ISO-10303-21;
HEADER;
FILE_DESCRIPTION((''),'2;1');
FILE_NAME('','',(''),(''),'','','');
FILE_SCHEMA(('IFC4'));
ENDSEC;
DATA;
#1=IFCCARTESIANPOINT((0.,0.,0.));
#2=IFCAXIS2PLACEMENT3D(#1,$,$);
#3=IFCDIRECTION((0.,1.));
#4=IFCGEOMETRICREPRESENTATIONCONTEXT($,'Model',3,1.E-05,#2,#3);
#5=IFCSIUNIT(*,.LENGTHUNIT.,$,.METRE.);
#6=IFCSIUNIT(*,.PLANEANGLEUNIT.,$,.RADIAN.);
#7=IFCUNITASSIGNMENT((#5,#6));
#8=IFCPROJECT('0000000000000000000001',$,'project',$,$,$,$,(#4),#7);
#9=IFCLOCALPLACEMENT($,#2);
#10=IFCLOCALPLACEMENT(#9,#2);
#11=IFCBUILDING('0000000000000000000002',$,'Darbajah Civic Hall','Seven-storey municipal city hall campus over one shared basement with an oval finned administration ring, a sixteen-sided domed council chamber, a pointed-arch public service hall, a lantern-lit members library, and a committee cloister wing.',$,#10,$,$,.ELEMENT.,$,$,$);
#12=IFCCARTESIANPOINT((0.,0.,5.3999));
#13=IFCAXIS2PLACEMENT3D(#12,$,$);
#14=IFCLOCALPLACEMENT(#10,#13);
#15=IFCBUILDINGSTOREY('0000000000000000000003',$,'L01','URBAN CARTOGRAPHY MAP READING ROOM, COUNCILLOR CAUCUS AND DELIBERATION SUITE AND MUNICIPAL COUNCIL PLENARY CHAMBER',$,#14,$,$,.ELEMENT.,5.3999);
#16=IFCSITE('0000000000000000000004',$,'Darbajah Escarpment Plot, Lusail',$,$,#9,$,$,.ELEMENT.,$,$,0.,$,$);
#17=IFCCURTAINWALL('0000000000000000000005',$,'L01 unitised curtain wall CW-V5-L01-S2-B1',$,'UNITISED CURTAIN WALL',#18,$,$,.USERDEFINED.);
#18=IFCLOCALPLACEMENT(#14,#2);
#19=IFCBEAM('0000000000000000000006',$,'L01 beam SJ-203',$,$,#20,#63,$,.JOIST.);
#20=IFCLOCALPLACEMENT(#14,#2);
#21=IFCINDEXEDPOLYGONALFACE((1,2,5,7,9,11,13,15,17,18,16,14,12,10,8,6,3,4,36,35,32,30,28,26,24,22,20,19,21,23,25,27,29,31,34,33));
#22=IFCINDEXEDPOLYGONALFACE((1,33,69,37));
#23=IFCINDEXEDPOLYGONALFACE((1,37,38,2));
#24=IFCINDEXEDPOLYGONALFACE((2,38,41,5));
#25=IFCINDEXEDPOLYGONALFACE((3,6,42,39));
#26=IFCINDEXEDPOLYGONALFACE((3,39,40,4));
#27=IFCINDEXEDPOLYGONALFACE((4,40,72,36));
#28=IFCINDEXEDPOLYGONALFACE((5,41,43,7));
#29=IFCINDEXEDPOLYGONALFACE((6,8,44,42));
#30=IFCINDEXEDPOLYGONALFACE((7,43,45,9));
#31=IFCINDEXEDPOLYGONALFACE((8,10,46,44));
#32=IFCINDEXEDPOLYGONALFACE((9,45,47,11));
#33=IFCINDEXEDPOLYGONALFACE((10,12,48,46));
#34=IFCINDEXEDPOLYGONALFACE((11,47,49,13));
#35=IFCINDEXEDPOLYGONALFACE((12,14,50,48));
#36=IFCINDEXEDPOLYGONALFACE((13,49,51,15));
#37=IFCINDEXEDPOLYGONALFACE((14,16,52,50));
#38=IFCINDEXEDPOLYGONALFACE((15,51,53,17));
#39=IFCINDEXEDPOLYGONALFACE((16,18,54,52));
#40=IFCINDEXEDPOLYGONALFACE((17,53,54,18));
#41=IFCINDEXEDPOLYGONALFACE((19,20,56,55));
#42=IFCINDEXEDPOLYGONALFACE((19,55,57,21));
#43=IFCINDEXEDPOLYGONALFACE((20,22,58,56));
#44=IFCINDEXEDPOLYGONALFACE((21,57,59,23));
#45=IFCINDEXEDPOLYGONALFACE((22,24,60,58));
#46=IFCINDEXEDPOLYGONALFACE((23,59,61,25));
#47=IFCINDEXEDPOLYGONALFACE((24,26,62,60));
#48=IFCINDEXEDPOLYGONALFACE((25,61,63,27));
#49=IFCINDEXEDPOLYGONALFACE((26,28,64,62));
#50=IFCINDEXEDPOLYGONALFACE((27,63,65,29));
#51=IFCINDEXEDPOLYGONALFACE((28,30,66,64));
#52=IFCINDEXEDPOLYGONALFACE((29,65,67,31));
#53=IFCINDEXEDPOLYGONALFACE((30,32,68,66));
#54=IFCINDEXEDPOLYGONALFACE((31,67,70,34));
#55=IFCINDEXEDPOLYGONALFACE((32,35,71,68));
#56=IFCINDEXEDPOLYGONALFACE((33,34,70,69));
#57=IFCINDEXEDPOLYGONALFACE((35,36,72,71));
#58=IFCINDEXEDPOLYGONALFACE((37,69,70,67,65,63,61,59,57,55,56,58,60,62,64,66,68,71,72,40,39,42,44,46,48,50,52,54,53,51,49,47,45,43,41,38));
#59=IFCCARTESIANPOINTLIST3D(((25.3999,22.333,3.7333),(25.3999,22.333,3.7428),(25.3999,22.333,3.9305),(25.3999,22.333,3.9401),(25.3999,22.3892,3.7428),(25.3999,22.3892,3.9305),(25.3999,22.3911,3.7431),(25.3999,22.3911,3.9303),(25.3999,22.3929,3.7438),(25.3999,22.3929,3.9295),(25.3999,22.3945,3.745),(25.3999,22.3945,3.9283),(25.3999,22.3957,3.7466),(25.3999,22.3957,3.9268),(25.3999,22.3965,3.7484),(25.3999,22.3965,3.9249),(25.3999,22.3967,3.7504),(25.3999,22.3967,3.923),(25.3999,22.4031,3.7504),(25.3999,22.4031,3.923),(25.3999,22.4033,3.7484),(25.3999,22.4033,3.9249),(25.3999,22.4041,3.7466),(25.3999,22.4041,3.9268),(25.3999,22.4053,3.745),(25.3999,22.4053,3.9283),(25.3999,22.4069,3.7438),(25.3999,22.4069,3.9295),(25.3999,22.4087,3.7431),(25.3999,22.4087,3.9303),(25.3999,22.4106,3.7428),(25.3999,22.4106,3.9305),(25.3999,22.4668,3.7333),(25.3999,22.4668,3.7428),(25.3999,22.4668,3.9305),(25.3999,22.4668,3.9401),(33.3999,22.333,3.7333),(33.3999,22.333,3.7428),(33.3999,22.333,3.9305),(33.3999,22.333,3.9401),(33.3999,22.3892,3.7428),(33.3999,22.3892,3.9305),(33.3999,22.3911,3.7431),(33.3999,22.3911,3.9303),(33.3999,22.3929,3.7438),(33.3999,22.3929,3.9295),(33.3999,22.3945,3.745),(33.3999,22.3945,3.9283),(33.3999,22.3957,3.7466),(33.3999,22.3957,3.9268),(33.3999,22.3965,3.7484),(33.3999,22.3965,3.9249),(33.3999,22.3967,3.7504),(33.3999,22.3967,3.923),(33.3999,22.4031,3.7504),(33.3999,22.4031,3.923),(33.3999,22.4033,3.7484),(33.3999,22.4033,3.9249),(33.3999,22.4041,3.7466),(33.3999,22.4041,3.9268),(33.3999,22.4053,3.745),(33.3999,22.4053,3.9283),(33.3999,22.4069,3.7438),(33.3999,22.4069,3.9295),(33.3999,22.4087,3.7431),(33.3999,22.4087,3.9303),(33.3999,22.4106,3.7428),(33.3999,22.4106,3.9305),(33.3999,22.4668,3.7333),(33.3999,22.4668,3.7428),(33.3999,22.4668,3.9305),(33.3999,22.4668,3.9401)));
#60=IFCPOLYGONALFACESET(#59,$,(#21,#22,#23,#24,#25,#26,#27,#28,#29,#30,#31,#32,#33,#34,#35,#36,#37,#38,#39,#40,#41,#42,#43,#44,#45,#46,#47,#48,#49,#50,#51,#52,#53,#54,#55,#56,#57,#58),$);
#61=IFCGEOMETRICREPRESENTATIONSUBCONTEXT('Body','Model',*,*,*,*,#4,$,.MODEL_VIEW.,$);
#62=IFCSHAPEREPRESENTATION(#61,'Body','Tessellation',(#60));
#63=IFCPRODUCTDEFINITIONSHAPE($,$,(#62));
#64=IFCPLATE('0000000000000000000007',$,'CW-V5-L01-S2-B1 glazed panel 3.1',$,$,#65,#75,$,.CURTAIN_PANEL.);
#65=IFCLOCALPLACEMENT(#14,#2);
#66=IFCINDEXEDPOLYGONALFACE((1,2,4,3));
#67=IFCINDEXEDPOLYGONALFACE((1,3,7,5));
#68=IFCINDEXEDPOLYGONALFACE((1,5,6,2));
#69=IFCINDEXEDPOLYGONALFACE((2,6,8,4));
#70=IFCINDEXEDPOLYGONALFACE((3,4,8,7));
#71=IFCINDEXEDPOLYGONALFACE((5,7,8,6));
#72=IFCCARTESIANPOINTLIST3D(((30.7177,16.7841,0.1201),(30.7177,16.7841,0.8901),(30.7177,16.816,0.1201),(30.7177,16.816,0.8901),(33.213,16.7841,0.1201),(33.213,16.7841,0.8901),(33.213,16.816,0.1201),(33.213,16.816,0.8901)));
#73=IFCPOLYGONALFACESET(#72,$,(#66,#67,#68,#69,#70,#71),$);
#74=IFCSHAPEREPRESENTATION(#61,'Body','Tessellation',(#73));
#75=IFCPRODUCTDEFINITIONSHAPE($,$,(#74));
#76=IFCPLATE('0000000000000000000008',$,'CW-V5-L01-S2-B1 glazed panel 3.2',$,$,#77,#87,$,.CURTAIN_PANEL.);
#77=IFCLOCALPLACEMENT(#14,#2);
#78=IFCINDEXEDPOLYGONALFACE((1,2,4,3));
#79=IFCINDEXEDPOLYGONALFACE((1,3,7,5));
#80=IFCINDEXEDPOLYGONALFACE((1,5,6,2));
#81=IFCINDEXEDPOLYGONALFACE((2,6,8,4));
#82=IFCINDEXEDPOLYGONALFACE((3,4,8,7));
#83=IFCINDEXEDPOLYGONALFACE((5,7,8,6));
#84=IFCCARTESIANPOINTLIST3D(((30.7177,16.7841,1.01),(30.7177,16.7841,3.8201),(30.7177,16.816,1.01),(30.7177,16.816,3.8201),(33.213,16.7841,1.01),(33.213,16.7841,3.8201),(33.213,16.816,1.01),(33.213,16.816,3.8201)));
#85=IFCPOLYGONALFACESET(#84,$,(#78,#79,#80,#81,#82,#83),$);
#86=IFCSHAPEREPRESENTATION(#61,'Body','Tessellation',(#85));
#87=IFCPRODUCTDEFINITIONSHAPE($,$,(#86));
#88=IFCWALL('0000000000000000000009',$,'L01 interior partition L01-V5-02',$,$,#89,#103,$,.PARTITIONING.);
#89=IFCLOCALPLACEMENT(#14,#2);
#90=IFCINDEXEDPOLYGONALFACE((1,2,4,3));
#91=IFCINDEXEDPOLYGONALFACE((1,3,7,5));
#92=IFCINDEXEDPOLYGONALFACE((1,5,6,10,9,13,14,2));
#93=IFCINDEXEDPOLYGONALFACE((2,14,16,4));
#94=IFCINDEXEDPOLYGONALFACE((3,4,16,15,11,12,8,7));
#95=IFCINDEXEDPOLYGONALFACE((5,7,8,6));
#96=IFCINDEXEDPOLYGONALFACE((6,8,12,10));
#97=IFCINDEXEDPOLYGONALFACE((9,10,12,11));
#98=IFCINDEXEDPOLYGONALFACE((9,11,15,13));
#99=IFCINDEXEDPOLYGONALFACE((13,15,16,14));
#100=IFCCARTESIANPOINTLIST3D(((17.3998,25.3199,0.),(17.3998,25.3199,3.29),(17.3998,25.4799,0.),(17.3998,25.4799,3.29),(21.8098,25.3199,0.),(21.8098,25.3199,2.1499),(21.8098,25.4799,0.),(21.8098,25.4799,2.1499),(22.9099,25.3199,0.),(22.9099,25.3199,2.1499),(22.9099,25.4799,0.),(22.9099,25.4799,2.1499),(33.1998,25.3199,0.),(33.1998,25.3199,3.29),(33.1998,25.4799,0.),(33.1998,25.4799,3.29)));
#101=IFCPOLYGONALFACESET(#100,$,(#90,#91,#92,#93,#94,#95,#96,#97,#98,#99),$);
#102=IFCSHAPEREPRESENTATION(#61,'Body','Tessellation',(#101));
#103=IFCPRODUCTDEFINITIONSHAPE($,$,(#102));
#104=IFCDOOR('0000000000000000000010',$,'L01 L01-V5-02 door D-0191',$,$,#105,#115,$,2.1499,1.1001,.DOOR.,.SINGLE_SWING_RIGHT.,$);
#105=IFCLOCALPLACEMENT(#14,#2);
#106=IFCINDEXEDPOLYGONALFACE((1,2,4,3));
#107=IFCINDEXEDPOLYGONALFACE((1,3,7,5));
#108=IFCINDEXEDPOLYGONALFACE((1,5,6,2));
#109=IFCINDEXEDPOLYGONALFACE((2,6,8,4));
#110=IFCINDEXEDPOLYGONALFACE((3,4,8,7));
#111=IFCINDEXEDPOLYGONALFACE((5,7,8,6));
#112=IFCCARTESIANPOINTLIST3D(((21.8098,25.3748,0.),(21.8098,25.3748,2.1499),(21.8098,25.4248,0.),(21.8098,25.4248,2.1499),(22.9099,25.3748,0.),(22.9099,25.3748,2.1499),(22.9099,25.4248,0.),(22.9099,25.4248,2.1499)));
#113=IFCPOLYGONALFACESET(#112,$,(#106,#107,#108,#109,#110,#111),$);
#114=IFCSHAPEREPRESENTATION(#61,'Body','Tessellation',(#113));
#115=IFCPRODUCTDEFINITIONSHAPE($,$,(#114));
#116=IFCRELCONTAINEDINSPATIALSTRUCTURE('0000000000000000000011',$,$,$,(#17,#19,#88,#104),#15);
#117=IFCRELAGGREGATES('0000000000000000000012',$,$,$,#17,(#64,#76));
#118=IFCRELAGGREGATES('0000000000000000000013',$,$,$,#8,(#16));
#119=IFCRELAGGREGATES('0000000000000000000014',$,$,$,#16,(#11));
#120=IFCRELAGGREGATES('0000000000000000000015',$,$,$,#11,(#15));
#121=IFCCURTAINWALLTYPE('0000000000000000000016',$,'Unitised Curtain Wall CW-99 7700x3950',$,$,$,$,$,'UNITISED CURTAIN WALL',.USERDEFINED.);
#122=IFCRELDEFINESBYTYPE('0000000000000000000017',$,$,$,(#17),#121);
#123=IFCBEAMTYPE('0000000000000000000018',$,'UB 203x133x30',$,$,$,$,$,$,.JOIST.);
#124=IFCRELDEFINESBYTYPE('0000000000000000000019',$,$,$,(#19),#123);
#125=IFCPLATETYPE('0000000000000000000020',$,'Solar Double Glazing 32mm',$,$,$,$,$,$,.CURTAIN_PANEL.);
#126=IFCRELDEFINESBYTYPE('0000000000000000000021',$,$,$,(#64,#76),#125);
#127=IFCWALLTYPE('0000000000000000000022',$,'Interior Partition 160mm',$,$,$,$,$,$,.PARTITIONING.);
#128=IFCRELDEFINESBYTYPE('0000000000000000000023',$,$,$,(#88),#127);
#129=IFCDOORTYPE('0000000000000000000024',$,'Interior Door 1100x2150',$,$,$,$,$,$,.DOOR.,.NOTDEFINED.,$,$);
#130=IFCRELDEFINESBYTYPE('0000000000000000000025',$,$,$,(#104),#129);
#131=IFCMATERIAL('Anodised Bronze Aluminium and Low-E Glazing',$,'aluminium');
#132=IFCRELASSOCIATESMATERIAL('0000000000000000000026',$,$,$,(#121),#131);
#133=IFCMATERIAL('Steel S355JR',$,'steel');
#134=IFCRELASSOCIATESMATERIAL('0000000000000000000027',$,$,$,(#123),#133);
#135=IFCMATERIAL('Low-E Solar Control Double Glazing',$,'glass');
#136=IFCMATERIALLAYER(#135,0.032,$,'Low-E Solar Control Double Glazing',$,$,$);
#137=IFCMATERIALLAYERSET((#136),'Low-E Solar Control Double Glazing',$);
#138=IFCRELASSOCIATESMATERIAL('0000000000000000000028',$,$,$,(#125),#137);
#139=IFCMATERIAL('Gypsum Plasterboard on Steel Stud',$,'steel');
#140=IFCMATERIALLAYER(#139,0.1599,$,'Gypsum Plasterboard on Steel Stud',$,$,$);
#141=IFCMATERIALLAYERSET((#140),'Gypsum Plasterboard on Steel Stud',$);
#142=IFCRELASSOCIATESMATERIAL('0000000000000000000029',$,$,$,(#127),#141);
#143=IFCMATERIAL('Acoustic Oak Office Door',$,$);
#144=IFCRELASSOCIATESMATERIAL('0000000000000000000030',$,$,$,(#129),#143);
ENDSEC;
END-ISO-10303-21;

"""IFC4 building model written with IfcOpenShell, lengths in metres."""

from ifc_helpers import new_model, si_unit, direction, frame, frame_2d, origin, origin_2d, place, context, subcontext, project, spatial, rectangle, i_section, extrude, material, layer, layer_set, material_profile, profile_set, type_object, element, fill, aggregate, save


model = new_model("IFC4")

# Units and contexts
model_context = context("Model", 3, precision=1e-05, world=origin(), true_north=direction((0.0, 1.0)))
body_context = subcontext(model_context, "Body", "Model", "MODEL_VIEW")
ifc_project = project(units=[si_unit("LENGTHUNIT", "METRE"), si_unit("PLANEANGLEUNIT", "RADIAN")], contexts=[model_context])

# Site, building, storey
site_placement = place(None, origin())
site = spatial("IfcSite", under=ifc_project, at=site_placement, Name="Darbajah Escarpment Plot, Lusail", CompositionType="ELEMENT", RefElevation=0.0)
building_placement = place(site_placement, origin())
building = spatial("IfcBuilding", under=site, at=building_placement, Name="Darbajah Civic Hall", Description="Seven-storey municipal city hall campus over one shared basement with an oval finned administration ring, a sixteen-sided domed council chamber, a pointed-arch public service hall, a lantern-lit members library, and a committee cloister wing.", CompositionType="ELEMENT")
storey_placement = place(building_placement, frame((0.0, 0.0, 5.3999)))
storey = spatial("IfcBuildingStorey", under=building, at=storey_placement, Name="L01", Description="URBAN CARTOGRAPHY MAP READING ROOM, COUNCILLOR CAUCUS AND DELIBERATION SUITE AND MUNICIPAL COUNCIL PLENARY CHAMBER", CompositionType="ELEMENT", Elevation=5.3999)

# Curtain wall
ifc_material_1 = material(Name="Anodised Bronze Aluminium and Low-E Glazing", Category="aluminium")
curtain_wall_type = type_object("IfcCurtainWallType", Name="Unitised Curtain Wall CW-99 7700x3950", ElementType="UNITISED CURTAIN WALL", PredefinedType="USERDEFINED", material=ifc_material_1)
curtain_wall_placement = place(storey_placement, origin())
curtain_wall = element("IfcCurtainWall", 1, at=curtain_wall_placement, inside=storey, type_object=curtain_wall_type, Name="L01 unitised curtain wall CW-V5-L01-S2-B1", ObjectType="UNITISED CURTAIN WALL", PredefinedType="USERDEFINED")

# Beam
ifc_material_2 = material(Name="Steel S355JR", Category="steel")
ifc_material_profile_1 = material_profile(ifc_material_2, i_section(OverallWidth=0.1338, OverallDepth=0.2068, WebThickness=0.0063, FlangeThickness=0.0095, FilletRadius=0.0076, at=origin_2d()), Name="UB 203x133x30")
ifc_profile_set_1 = profile_set([ifc_material_profile_1], Name="Steel S355JR")
beam_type_1 = type_object("IfcBeamType", Name="UB 203x133x30", PredefinedType="JOIST", material=ifc_profile_set_1)
for number, where, z_axis, x_axis, name in (
    (2, (25.3999, 22.3999, 3.8367), (1.0, 0.0, 0.0), (0.0, 1.0, 0.0), "L01 beam SJ-203"),
):
    element("IfcBeam", number, at=place(storey_placement, frame(where, z_axis=z_axis, x_axis=x_axis)), inside=storey, type_object=beam_type_1, Name=name, PredefinedType="JOIST", context=body_context, shape_type="SweptSolid", body=[
        extrude(i_section(OverallWidth=0.1338, OverallDepth=0.2068, WebThickness=0.0063, FlangeThickness=0.0095, FilletRadius=0.0076, at=origin_2d()), origin(), (0.0, 0.0, 1.0), 8.0),
    ])

# Plates
ifc_material_3 = material(Name="Low-E Solar Control Double Glazing", Category="glass")
ifc_layer_1 = layer(ifc_material_3, 0.032, Name="Low-E Solar Control Double Glazing")
ifc_layer_set_1 = layer_set([ifc_layer_1], Name="Low-E Solar Control Double Glazing")
plate_type = type_object("IfcPlateType", Name="Solar Double Glazing 32mm", PredefinedType="CURTAIN_PANEL", material=ifc_layer_set_1)
plate_1_placement = place(storey_placement, frame((31.9653, 16.8, 0.1201), z_axis=(0.0, 0.0, 1.0), x_axis=(1.0, 0.0, 0.0)))
plate_1 = element("IfcPlate", 3, at=plate_1_placement, type_object=plate_type, Name="CW-V5-L01-S2-B1 glazed panel 3.1", PredefinedType="CURTAIN_PANEL", context=body_context, shape_type="SweptSolid", body=[
    extrude(rectangle(XDim=2.4954, YDim=0.032, at=origin_2d()), origin(), (0.0, 0.0, 1.0), 0.77),
])
plate_2_placement = place(storey_placement, frame((31.9653, 16.8, 1.01), z_axis=(0.0, 0.0, 1.0), x_axis=(1.0, 0.0, 0.0)))
plate_2 = element("IfcPlate", 4, at=plate_2_placement, type_object=plate_type, Name="CW-V5-L01-S2-B1 glazed panel 3.2", PredefinedType="CURTAIN_PANEL", context=body_context, shape_type="SweptSolid", body=[
    extrude(rectangle(XDim=2.4954, YDim=0.032, at=origin_2d()), origin(), (0.0, 0.0, 1.0), 2.8101),
])
aggregate(curtain_wall, [plate_1, plate_2])

# Wall, opening, door
ifc_material_4 = material(Name="Gypsum Plasterboard on Steel Stud", Category="steel")
ifc_layer_2 = layer(ifc_material_4, 0.1599, Name="Gypsum Plasterboard on Steel Stud")
ifc_layer_set_2 = layer_set([ifc_layer_2], Name="Gypsum Plasterboard on Steel Stud")
wall_type = type_object("IfcWallType", Name="Interior Partition 160mm", PredefinedType="PARTITIONING", material=ifc_layer_set_2)
wall_placement = place(storey_placement, frame((17.3999, 25.3999, 0.0), z_axis=(0.0, 0.0, 1.0), x_axis=(1.0, 0.0, 0.0)))
wall = element("IfcWall", 5, at=wall_placement, inside=storey, type_object=wall_type, Name="L01 interior partition L01-V5-02", PredefinedType="PARTITIONING", context=body_context, shape_type="SweptSolid", body=[
    extrude(rectangle(XDim=15.8, YDim=0.1599, at=frame_2d((7.8999, 0.0))), origin(), (0.0, 0.0, 1.0), 3.29),
])
opening_placement = place(wall_placement, frame((4.4099, 0.0, 0.0)))
opening = element("IfcOpeningElement", 6, at=opening_placement, cuts=wall, PredefinedType="OPENING", context=body_context, shape_type="SweptSolid", body=[
    extrude(rectangle(XDim=1.1001, YDim=2.1499, at=frame_2d((0.55, 1.075))), frame((0.0, 0.0898, 0.0), z_axis=(0.0, -1.0, 0.0), x_axis=(1.0, 0.0, 0.0)), (0.0, 0.0, 1.0), 0.1799),
])
ifc_material_5 = material(Name="Acoustic Oak Office Door")
door_type = type_object("IfcDoorType", Name="Interior Door 1100x2150", OperationType="NOTDEFINED", PredefinedType="DOOR", material=ifc_material_5)
door_placement = place(opening_placement, origin())
door = element("IfcDoor", 7, at=door_placement, inside=storey, type_object=door_type, Name="L01 L01-V5-02 door D-0191", OperationType="SINGLE_SWING_RIGHT", OverallHeight=2.1499, OverallWidth=1.1001, PredefinedType="DOOR", context=body_context, shape_type="SweptSolid", body=[
    extrude(rectangle(XDim=1.1001, YDim=2.1499, at=frame_2d((0.55, 1.075))), frame((0.0, 0.0249, 0.0), z_axis=(0.0, -1.0, 0.0), x_axis=(1.0, 0.0, 0.0)), (0.0, 0.0, 1.0), 0.05),
])
fill(opening, door)

save(model, "model.ifc")
